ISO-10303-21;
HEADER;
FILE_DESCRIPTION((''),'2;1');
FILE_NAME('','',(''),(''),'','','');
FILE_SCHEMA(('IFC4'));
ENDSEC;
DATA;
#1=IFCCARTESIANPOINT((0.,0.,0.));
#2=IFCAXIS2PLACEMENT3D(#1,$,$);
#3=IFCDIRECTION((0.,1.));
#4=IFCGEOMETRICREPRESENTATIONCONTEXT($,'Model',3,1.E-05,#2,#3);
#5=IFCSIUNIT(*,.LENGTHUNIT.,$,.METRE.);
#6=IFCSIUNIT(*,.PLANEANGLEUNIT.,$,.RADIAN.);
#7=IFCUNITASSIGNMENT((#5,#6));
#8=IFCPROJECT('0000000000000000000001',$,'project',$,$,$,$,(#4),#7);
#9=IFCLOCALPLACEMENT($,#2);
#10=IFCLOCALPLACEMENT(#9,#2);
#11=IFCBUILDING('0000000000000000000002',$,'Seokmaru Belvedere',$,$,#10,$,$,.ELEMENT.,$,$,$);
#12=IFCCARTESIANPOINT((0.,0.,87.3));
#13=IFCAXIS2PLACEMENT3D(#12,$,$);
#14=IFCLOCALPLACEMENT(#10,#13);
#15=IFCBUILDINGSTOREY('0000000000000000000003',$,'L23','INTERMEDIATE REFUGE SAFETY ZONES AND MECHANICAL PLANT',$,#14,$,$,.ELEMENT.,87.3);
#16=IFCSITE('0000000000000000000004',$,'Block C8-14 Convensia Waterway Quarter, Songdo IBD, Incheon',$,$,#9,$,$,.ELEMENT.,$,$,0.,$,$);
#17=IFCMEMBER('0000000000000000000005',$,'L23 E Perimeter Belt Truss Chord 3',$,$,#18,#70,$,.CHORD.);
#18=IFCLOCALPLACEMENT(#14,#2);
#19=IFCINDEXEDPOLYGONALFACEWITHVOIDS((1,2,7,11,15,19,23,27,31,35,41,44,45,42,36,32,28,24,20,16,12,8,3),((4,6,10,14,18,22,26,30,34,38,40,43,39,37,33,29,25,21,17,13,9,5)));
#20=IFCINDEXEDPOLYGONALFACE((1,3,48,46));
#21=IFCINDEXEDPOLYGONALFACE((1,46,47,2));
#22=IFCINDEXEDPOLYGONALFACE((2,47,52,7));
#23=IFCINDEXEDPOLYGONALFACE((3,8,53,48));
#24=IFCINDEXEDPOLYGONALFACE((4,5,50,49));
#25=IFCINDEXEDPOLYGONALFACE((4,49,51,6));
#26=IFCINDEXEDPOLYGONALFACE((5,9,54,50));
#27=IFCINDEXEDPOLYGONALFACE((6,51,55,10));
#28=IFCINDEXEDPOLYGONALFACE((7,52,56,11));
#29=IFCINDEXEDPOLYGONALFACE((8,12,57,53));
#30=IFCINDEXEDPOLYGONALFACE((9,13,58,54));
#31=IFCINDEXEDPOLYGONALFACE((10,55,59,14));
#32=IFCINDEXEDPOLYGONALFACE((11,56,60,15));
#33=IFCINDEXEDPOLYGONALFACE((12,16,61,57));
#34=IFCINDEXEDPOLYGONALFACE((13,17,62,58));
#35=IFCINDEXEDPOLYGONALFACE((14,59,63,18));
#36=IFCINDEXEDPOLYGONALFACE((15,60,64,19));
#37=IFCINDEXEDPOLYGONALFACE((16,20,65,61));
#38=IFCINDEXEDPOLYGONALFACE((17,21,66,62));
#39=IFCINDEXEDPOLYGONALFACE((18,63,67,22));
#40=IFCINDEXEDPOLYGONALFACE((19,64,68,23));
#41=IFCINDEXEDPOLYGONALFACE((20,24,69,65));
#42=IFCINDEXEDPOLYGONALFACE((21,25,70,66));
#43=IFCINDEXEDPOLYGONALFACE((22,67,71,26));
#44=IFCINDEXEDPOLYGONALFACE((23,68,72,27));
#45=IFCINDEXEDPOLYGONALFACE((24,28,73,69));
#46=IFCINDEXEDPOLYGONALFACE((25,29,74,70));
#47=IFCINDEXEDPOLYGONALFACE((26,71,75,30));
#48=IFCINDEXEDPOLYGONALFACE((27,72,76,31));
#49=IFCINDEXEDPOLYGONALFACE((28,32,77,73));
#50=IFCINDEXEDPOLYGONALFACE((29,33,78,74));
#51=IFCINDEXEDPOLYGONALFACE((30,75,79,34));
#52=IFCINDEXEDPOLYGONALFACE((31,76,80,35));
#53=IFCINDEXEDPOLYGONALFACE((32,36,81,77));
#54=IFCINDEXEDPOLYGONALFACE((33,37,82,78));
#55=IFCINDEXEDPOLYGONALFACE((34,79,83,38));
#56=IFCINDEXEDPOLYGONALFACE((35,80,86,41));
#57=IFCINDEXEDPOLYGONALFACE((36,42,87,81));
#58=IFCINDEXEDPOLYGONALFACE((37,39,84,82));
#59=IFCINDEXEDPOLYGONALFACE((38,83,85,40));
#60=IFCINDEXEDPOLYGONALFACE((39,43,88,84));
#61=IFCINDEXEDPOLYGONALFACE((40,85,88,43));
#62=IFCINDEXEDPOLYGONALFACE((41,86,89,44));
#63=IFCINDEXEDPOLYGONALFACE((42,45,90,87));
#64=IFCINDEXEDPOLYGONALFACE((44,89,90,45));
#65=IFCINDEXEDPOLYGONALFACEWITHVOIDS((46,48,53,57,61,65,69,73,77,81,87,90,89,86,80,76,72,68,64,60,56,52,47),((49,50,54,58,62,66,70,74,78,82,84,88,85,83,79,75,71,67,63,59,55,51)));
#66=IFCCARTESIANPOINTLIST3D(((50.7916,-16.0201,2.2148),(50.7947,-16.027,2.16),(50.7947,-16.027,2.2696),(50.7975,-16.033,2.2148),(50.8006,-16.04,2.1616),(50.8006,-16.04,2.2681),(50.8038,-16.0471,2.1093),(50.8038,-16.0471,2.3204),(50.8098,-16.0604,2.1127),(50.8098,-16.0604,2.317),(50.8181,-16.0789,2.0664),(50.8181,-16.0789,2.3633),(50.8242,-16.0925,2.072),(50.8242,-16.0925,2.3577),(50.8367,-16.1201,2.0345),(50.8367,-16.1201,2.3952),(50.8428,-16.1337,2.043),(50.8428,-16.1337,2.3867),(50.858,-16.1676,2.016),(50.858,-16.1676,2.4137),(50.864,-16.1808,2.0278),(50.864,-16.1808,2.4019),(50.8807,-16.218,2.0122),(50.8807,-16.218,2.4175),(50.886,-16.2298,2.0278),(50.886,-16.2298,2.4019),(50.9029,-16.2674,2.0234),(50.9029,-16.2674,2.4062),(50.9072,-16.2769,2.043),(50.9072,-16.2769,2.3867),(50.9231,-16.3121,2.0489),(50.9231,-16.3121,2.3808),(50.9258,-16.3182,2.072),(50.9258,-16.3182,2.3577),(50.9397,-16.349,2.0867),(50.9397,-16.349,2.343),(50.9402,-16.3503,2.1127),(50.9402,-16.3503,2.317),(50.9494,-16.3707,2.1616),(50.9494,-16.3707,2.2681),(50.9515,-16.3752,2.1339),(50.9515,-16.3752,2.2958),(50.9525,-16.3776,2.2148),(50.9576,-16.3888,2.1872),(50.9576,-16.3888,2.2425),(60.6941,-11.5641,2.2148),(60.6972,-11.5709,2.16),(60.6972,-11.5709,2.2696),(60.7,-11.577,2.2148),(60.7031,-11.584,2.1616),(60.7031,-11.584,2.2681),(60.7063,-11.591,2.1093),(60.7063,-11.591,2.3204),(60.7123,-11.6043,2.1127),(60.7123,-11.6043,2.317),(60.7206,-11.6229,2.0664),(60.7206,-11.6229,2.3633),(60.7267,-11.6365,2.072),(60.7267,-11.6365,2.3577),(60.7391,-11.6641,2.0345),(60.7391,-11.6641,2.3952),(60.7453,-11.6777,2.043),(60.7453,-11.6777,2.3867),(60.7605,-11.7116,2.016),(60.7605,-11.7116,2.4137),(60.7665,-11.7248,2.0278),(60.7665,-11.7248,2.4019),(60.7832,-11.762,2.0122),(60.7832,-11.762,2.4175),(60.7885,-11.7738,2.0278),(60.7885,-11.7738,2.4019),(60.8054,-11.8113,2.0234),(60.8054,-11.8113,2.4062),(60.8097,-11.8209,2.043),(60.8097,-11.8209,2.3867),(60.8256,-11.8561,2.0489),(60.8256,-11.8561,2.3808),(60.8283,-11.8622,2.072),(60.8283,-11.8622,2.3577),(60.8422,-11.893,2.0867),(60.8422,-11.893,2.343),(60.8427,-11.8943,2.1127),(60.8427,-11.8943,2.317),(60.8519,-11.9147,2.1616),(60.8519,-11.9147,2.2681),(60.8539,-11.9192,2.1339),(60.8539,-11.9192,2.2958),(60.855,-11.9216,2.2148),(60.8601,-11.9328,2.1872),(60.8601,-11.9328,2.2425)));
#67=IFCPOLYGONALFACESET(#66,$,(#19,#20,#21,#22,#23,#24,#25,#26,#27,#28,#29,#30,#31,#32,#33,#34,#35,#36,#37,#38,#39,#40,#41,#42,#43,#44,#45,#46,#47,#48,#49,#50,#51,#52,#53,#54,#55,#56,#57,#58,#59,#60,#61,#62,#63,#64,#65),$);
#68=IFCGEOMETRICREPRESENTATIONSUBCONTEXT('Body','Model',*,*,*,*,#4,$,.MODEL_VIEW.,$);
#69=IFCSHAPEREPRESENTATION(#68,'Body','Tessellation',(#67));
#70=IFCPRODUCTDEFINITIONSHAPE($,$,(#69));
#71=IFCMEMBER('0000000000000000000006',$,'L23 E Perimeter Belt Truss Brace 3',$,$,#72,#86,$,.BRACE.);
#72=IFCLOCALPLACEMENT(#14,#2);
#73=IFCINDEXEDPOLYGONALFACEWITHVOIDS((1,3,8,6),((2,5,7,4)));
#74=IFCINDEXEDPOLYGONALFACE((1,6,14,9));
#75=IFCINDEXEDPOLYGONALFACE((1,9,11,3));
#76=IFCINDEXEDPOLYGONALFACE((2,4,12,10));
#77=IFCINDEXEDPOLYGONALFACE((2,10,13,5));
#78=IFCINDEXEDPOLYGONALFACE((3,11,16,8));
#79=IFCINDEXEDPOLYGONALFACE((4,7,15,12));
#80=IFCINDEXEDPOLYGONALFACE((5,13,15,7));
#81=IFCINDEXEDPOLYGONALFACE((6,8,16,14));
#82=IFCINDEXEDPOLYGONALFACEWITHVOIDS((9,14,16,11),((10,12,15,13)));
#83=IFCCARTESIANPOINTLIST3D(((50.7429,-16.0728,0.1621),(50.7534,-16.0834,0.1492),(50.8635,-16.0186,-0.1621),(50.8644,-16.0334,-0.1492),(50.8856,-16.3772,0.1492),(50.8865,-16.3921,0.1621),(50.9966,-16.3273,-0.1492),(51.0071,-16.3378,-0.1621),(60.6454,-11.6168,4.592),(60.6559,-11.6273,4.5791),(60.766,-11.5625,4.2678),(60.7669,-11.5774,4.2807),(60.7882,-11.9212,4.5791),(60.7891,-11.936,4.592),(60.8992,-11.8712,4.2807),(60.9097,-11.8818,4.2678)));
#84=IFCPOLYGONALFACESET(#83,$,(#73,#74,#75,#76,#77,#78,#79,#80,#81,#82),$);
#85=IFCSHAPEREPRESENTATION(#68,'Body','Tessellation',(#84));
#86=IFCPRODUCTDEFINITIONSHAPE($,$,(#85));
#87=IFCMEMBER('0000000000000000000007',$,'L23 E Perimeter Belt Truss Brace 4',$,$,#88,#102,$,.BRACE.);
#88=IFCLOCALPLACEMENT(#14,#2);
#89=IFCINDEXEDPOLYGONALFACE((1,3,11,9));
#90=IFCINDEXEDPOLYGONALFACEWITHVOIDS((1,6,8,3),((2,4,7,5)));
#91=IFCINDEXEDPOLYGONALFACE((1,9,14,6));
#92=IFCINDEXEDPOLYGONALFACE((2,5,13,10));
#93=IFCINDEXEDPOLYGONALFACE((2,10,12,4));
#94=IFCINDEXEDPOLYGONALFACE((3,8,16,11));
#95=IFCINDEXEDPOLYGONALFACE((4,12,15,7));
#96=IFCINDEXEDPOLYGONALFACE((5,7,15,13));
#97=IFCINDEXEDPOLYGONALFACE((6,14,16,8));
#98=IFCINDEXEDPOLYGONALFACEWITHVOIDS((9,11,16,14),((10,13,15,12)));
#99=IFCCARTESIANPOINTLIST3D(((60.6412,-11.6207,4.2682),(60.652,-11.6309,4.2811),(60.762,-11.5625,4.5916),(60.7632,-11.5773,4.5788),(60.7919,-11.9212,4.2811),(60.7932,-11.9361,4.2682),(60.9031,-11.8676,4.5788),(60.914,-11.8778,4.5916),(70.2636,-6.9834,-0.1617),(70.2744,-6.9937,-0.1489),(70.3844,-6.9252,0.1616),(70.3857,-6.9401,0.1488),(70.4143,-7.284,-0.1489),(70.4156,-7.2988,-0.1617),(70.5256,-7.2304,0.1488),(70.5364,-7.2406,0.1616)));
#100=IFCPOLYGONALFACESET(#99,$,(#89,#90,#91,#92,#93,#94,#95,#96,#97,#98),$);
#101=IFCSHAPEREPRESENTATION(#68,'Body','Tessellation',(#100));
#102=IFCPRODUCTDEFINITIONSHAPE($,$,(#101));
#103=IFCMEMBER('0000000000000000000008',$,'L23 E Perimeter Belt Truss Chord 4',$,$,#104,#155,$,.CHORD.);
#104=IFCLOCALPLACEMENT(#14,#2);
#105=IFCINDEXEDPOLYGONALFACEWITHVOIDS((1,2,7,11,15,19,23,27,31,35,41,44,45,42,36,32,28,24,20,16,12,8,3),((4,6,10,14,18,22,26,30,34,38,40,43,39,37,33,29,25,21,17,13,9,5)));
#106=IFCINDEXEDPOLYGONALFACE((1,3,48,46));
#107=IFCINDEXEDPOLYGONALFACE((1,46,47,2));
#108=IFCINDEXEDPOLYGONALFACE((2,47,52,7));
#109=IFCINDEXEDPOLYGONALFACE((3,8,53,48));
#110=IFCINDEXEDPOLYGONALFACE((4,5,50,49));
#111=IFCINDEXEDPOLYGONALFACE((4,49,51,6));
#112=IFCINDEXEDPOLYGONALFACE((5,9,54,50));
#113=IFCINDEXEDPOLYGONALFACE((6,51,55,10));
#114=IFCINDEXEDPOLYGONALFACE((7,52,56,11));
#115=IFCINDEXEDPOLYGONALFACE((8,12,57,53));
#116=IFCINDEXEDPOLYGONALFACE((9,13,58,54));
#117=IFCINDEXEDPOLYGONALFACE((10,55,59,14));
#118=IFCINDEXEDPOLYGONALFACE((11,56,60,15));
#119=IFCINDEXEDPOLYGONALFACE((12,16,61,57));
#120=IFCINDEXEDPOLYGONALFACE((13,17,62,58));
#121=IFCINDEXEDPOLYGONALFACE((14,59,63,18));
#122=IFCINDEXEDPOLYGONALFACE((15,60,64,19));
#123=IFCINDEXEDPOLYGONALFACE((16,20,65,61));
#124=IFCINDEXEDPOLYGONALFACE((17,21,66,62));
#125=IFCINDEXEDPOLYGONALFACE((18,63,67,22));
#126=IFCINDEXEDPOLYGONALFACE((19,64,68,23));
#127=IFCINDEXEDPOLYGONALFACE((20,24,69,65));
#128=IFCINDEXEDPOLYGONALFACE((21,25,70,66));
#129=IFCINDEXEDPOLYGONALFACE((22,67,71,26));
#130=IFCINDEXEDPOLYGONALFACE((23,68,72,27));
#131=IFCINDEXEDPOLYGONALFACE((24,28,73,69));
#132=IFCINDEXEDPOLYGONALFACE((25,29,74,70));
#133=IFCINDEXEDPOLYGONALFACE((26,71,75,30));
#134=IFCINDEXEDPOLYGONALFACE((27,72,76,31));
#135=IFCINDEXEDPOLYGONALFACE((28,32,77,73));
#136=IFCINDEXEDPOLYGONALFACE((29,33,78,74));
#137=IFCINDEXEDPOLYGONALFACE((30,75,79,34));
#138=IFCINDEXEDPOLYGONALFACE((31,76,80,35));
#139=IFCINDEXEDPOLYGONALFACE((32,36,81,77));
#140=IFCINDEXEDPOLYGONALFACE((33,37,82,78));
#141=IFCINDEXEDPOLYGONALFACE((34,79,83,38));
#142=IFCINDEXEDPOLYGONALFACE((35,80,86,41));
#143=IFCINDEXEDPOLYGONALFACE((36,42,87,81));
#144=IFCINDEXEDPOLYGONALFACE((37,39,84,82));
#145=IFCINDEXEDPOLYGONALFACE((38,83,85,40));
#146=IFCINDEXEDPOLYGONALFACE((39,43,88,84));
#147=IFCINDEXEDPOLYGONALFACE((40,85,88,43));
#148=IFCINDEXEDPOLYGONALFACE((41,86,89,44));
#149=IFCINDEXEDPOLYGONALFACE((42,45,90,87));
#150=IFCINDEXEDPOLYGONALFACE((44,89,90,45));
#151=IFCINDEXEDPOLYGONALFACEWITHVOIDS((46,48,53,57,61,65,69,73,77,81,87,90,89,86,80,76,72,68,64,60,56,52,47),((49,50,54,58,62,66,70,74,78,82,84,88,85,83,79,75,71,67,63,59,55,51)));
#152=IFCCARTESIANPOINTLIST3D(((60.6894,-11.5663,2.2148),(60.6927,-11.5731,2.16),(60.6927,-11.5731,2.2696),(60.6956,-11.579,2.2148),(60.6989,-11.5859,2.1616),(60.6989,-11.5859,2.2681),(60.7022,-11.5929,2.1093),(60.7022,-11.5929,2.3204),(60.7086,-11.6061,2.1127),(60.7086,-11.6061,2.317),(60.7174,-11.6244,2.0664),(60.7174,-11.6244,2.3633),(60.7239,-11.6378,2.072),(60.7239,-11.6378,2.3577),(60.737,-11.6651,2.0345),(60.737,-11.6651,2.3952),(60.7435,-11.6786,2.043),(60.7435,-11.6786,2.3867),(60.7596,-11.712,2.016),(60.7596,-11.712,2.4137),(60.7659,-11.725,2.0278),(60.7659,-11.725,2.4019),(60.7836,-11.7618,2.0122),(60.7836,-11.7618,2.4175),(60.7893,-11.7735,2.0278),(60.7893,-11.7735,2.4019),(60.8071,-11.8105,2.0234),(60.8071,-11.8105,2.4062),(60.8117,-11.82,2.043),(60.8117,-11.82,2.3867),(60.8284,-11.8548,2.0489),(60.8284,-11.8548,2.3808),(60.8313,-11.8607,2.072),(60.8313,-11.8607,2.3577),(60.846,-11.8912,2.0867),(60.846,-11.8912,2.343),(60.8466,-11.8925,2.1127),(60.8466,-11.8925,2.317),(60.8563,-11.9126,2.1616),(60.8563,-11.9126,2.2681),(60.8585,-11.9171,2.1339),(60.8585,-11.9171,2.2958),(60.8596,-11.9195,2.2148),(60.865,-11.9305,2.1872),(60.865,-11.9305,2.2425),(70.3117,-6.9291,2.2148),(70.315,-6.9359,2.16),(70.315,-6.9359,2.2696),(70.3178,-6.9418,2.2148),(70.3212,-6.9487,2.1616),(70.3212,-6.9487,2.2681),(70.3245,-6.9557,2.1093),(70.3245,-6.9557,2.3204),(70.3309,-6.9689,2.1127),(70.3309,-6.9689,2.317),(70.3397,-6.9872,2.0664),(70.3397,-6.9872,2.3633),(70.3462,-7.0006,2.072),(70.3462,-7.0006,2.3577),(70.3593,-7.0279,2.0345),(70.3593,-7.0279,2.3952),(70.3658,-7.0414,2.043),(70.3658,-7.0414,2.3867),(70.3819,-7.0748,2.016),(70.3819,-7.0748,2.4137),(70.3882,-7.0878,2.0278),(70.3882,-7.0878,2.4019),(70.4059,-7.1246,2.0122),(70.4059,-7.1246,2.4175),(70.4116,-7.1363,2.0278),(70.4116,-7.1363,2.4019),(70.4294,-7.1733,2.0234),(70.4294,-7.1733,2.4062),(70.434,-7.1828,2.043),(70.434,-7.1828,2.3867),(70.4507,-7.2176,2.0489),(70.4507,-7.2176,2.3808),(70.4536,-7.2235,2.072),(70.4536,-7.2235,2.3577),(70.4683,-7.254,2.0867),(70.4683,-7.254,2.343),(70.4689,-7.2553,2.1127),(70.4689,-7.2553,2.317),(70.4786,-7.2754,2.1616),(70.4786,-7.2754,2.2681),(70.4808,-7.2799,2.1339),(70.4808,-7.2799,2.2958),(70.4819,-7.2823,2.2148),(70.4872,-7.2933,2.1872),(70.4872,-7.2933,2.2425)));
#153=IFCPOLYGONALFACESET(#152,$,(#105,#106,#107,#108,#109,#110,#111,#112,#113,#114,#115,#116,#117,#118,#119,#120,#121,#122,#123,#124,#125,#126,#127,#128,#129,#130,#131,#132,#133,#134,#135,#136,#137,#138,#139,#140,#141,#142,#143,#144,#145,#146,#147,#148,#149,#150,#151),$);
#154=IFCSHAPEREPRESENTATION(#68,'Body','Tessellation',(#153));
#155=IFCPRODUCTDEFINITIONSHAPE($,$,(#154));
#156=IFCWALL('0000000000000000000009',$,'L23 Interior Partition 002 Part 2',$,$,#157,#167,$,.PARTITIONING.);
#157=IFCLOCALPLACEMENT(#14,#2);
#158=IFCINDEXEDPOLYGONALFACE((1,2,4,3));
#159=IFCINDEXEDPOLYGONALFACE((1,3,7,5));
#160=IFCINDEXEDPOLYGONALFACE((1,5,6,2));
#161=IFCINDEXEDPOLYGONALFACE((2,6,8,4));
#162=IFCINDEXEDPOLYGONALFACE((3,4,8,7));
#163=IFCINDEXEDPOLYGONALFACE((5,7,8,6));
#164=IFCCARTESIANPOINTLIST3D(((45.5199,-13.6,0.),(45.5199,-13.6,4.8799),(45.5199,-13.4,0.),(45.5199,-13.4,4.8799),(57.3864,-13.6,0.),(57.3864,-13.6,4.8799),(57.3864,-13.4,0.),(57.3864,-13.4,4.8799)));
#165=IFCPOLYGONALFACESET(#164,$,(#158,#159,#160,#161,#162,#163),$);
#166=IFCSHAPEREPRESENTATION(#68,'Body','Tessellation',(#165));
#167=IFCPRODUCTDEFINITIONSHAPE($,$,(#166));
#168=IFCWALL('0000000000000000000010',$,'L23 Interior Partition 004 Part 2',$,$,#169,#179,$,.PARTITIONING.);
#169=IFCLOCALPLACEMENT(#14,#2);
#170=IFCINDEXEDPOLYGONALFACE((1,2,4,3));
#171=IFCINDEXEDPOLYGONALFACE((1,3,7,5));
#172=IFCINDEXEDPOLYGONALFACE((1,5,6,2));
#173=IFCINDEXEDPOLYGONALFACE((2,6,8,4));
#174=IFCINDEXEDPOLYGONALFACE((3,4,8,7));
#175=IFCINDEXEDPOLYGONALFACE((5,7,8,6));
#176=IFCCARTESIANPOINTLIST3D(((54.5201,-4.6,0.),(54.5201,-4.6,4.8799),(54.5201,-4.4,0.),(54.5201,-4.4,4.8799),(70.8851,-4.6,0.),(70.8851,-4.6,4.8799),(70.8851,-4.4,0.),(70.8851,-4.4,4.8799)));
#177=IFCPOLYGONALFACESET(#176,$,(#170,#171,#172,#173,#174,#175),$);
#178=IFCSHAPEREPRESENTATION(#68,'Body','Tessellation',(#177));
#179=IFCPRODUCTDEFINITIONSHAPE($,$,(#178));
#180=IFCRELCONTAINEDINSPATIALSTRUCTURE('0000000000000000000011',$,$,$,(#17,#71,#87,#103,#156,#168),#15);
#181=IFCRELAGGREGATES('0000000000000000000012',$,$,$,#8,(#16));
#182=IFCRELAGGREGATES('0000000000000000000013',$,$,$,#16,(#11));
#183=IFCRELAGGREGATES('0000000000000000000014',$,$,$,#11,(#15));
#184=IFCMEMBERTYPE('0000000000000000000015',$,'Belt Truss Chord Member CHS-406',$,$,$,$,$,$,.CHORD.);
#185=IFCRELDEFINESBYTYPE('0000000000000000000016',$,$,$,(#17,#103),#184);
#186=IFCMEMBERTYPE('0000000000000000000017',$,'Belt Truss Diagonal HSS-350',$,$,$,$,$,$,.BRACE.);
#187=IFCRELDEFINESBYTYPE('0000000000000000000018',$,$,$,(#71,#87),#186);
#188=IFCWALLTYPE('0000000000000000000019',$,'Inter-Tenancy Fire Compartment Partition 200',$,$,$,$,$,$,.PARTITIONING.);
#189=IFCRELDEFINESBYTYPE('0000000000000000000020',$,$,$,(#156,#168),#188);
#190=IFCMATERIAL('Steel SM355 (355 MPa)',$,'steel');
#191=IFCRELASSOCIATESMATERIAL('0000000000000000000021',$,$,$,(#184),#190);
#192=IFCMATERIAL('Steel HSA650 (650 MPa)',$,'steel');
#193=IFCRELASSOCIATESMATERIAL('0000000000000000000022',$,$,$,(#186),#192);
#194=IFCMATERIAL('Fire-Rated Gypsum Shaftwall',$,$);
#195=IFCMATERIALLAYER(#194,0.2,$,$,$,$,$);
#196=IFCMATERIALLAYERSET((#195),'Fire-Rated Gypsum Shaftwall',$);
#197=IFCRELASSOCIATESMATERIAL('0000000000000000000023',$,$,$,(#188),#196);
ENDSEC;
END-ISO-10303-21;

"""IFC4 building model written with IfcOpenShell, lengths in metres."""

from ifc_helpers import new_model, si_unit, direction, frame, frame_2d, origin, origin_2d, place, context, subcontext, project, spatial, rectangle, hollow_rectangle, hollow_circle, extrude, source, transform, mapped, material, layer, layer_set, material_profile, profile_set, type_object, type_shapes, element, save


model = new_model("IFC4")

# Units and contexts
model_context = context("Model", 3, precision=1e-05, world=origin(), true_north=direction((0.0, 1.0)))
body_context = subcontext(model_context, "Body", "Model", "MODEL_VIEW")
ifc_project = project(units=[si_unit("LENGTHUNIT", "METRE"), si_unit("PLANEANGLEUNIT", "RADIAN")], contexts=[model_context])

# Site, building, storey
site_placement = place(None, origin())
site = spatial("IfcSite", under=ifc_project, at=site_placement, Name="Block C8-14 Convensia Waterway Quarter, Songdo IBD, Incheon", CompositionType="ELEMENT", RefElevation=0.0)
building_placement = place(site_placement, origin())
building = spatial("IfcBuilding", under=site, at=building_placement, Name="Seokmaru Belvedere", CompositionType="ELEMENT")
storey_placement = place(building_placement, frame((0.0, 0.0, 87.3)))
storey = spatial("IfcBuildingStorey", under=building, at=storey_placement, Name="L23", Description="INTERMEDIATE REFUGE SAFETY ZONES AND MECHANICAL PLANT", CompositionType="ELEMENT", Elevation=87.3)

# Shared definitions
ifc_material_1 = material(Name="Steel SM355 (355 MPa)", Category="steel")

# Members
ifc_material_2 = material(Name="Steel HSA650 (650 MPa)", Category="steel")
ifc_material_profile_1 = material_profile(ifc_material_1, hollow_circle(Radius=0.2031, WallThickness=0.0142, at=origin_2d()), Name="CHS-406.4x14.2")
ifc_profile_set_1 = profile_set([ifc_material_profile_1], Name="Steel SM355 (355 MPa)")
member_type_1 = type_object("IfcMemberType", Name="Belt Truss Chord Member CHS-406", PredefinedType="CHORD", material=ifc_profile_set_1)
shared_shape_1 = source(origin(), body_context, "Body", "SweptSolid", [
    extrude(hollow_circle(Radius=0.2031, WallThickness=0.0142, at=origin_2d()), origin(), (0.0, 0.0, 1.0), 10.8589),
])
member_1_placement = place(storey_placement, frame((50.875, -16.2053, 2.2148), z_axis=(0.911925, 0.410356, 0.0), x_axis=(-0.410356, 0.911925, 0.0)))
element("IfcMember", 1, at=member_1_placement, inside=storey, type_object=member_type_1, Name="L23 E Perimeter Belt Truss Chord 3", PredefinedType="CHORD", context=body_context, shape_type="MappedRepresentation", body=[
    mapped(shared_shape_1, transform((0.0, 0.0, 0.0), scale=1.0)),
])
ifc_material_profile_2 = material_profile(ifc_material_2, hollow_rectangle(XDim=0.3501, YDim=0.3501, WallThickness=0.0139, at=origin_2d()), Name="HSS-350x350x14")
ifc_profile_set_2 = profile_set([ifc_material_profile_2], Name="Steel HSA650 (650 MPa)")
member_type_2 = type_object("IfcMemberType", Name="Belt Truss Diagonal HSS-350", PredefinedType="BRACE", material=ifc_profile_set_2)
shared_shape_2 = source(origin(), body_context, "Body", "SweptSolid", [
    extrude(hollow_rectangle(XDim=0.3501, YDim=0.3501, WallThickness=0.0139, at=origin_2d()), origin(), (0.0, 0.0, 1.0), 11.7278),
])
member_2_placement = place(storey_placement, frame((50.875, -16.2053, 0.0), z_axis=(0.844367, 0.379956, 0.377728), x_axis=(-0.410356, 0.911925, 0.0)))
element("IfcMember", 2, at=member_2_placement, inside=storey, type_object=member_type_2, Name="L23 E Perimeter Belt Truss Brace 3", PredefinedType="BRACE", context=body_context, shape_type="MappedRepresentation", body=[
    mapped(shared_shape_2, transform((0.0, 0.0, 0.0), scale=1.0)),
])
shared_shape_3 = source(origin(), body_context, "Body", "SweptSolid", [
    extrude(hollow_rectangle(XDim=0.3501, YDim=0.3501, WallThickness=0.0139, at=origin_2d()), origin(), (0.0, 0.0, 1.0), 11.5637),
])
type_shapes(member_type_2, [shared_shape_2, shared_shape_3])
member_3_placement = place(storey_placement, frame((60.7776, -11.7493, 4.4299), z_axis=(0.832121, 0.401017, -0.383093), x_axis=(-0.434138, 0.900846, 0.0)))
element("IfcMember", 3, at=member_3_placement, inside=storey, type_object=member_type_2, Name="L23 E Perimeter Belt Truss Brace 4", PredefinedType="BRACE", context=body_context, shape_type="MappedRepresentation", body=[
    mapped(shared_shape_3, transform((0.0, 0.0, 0.0), scale=1.0)),
])
shared_shape_4 = source(origin(), body_context, "Body", "SweptSolid", [
    extrude(hollow_circle(Radius=0.2031, WallThickness=0.0142, at=origin_2d()), origin(), (0.0, 0.0, 1.0), 10.6814),
])
type_shapes(member_type_1, [shared_shape_1, shared_shape_4])
member_4_placement = place(storey_placement, frame((60.7776, -11.7493, 2.2148), z_axis=(0.900846, 0.434138, 0.0), x_axis=(-0.434138, 0.900846, 0.0)))
element("IfcMember", 4, at=member_4_placement, inside=storey, type_object=member_type_1, Name="L23 E Perimeter Belt Truss Chord 4", PredefinedType="CHORD", context=body_context, shape_type="MappedRepresentation", body=[
    mapped(shared_shape_4, transform((0.0, 0.0, 0.0), scale=1.0)),
])

# Walls
ifc_material_3 = material(Name="Fire-Rated Gypsum Shaftwall")
ifc_layer_1 = layer(ifc_material_3, 0.2)
ifc_layer_set_1 = layer_set([ifc_layer_1], Name="Fire-Rated Gypsum Shaftwall")
wall_type_1 = type_object("IfcWallType", Name="Inter-Tenancy Fire Compartment Partition 200", PredefinedType="PARTITIONING", material=ifc_layer_set_1)
wall_1_placement = place(storey_placement, frame((45.52, -13.5, 0.0), z_axis=(0.0, 0.0, 1.0), x_axis=(1.0, 0.0, 0.0)))
element("IfcWall", 5, at=wall_1_placement, inside=storey, type_object=wall_type_1, Name="L23 Interior Partition 002 Part 2", PredefinedType="PARTITIONING", context=body_context, shape_type="SweptSolid", body=[
    extrude(rectangle(XDim=11.8665, YDim=0.2, at=frame_2d((5.9331, 0.0))), origin(), (0.0, 0.0, 1.0), 4.8799),
])
wall_2_placement = place(storey_placement, frame((54.52, -4.5, 0.0), z_axis=(0.0, 0.0, 1.0), x_axis=(1.0, 0.0, 0.0)))
element("IfcWall", 6, at=wall_2_placement, inside=storey, type_object=wall_type_1, Name="L23 Interior Partition 004 Part 2", PredefinedType="PARTITIONING", context=body_context, shape_type="SweptSolid", body=[
    extrude(rectangle(XDim=16.365, YDim=0.2, at=frame_2d((8.1826, 0.0))), origin(), (0.0, 0.0, 1.0), 4.8799),
])

save(model, "model.ifc")
